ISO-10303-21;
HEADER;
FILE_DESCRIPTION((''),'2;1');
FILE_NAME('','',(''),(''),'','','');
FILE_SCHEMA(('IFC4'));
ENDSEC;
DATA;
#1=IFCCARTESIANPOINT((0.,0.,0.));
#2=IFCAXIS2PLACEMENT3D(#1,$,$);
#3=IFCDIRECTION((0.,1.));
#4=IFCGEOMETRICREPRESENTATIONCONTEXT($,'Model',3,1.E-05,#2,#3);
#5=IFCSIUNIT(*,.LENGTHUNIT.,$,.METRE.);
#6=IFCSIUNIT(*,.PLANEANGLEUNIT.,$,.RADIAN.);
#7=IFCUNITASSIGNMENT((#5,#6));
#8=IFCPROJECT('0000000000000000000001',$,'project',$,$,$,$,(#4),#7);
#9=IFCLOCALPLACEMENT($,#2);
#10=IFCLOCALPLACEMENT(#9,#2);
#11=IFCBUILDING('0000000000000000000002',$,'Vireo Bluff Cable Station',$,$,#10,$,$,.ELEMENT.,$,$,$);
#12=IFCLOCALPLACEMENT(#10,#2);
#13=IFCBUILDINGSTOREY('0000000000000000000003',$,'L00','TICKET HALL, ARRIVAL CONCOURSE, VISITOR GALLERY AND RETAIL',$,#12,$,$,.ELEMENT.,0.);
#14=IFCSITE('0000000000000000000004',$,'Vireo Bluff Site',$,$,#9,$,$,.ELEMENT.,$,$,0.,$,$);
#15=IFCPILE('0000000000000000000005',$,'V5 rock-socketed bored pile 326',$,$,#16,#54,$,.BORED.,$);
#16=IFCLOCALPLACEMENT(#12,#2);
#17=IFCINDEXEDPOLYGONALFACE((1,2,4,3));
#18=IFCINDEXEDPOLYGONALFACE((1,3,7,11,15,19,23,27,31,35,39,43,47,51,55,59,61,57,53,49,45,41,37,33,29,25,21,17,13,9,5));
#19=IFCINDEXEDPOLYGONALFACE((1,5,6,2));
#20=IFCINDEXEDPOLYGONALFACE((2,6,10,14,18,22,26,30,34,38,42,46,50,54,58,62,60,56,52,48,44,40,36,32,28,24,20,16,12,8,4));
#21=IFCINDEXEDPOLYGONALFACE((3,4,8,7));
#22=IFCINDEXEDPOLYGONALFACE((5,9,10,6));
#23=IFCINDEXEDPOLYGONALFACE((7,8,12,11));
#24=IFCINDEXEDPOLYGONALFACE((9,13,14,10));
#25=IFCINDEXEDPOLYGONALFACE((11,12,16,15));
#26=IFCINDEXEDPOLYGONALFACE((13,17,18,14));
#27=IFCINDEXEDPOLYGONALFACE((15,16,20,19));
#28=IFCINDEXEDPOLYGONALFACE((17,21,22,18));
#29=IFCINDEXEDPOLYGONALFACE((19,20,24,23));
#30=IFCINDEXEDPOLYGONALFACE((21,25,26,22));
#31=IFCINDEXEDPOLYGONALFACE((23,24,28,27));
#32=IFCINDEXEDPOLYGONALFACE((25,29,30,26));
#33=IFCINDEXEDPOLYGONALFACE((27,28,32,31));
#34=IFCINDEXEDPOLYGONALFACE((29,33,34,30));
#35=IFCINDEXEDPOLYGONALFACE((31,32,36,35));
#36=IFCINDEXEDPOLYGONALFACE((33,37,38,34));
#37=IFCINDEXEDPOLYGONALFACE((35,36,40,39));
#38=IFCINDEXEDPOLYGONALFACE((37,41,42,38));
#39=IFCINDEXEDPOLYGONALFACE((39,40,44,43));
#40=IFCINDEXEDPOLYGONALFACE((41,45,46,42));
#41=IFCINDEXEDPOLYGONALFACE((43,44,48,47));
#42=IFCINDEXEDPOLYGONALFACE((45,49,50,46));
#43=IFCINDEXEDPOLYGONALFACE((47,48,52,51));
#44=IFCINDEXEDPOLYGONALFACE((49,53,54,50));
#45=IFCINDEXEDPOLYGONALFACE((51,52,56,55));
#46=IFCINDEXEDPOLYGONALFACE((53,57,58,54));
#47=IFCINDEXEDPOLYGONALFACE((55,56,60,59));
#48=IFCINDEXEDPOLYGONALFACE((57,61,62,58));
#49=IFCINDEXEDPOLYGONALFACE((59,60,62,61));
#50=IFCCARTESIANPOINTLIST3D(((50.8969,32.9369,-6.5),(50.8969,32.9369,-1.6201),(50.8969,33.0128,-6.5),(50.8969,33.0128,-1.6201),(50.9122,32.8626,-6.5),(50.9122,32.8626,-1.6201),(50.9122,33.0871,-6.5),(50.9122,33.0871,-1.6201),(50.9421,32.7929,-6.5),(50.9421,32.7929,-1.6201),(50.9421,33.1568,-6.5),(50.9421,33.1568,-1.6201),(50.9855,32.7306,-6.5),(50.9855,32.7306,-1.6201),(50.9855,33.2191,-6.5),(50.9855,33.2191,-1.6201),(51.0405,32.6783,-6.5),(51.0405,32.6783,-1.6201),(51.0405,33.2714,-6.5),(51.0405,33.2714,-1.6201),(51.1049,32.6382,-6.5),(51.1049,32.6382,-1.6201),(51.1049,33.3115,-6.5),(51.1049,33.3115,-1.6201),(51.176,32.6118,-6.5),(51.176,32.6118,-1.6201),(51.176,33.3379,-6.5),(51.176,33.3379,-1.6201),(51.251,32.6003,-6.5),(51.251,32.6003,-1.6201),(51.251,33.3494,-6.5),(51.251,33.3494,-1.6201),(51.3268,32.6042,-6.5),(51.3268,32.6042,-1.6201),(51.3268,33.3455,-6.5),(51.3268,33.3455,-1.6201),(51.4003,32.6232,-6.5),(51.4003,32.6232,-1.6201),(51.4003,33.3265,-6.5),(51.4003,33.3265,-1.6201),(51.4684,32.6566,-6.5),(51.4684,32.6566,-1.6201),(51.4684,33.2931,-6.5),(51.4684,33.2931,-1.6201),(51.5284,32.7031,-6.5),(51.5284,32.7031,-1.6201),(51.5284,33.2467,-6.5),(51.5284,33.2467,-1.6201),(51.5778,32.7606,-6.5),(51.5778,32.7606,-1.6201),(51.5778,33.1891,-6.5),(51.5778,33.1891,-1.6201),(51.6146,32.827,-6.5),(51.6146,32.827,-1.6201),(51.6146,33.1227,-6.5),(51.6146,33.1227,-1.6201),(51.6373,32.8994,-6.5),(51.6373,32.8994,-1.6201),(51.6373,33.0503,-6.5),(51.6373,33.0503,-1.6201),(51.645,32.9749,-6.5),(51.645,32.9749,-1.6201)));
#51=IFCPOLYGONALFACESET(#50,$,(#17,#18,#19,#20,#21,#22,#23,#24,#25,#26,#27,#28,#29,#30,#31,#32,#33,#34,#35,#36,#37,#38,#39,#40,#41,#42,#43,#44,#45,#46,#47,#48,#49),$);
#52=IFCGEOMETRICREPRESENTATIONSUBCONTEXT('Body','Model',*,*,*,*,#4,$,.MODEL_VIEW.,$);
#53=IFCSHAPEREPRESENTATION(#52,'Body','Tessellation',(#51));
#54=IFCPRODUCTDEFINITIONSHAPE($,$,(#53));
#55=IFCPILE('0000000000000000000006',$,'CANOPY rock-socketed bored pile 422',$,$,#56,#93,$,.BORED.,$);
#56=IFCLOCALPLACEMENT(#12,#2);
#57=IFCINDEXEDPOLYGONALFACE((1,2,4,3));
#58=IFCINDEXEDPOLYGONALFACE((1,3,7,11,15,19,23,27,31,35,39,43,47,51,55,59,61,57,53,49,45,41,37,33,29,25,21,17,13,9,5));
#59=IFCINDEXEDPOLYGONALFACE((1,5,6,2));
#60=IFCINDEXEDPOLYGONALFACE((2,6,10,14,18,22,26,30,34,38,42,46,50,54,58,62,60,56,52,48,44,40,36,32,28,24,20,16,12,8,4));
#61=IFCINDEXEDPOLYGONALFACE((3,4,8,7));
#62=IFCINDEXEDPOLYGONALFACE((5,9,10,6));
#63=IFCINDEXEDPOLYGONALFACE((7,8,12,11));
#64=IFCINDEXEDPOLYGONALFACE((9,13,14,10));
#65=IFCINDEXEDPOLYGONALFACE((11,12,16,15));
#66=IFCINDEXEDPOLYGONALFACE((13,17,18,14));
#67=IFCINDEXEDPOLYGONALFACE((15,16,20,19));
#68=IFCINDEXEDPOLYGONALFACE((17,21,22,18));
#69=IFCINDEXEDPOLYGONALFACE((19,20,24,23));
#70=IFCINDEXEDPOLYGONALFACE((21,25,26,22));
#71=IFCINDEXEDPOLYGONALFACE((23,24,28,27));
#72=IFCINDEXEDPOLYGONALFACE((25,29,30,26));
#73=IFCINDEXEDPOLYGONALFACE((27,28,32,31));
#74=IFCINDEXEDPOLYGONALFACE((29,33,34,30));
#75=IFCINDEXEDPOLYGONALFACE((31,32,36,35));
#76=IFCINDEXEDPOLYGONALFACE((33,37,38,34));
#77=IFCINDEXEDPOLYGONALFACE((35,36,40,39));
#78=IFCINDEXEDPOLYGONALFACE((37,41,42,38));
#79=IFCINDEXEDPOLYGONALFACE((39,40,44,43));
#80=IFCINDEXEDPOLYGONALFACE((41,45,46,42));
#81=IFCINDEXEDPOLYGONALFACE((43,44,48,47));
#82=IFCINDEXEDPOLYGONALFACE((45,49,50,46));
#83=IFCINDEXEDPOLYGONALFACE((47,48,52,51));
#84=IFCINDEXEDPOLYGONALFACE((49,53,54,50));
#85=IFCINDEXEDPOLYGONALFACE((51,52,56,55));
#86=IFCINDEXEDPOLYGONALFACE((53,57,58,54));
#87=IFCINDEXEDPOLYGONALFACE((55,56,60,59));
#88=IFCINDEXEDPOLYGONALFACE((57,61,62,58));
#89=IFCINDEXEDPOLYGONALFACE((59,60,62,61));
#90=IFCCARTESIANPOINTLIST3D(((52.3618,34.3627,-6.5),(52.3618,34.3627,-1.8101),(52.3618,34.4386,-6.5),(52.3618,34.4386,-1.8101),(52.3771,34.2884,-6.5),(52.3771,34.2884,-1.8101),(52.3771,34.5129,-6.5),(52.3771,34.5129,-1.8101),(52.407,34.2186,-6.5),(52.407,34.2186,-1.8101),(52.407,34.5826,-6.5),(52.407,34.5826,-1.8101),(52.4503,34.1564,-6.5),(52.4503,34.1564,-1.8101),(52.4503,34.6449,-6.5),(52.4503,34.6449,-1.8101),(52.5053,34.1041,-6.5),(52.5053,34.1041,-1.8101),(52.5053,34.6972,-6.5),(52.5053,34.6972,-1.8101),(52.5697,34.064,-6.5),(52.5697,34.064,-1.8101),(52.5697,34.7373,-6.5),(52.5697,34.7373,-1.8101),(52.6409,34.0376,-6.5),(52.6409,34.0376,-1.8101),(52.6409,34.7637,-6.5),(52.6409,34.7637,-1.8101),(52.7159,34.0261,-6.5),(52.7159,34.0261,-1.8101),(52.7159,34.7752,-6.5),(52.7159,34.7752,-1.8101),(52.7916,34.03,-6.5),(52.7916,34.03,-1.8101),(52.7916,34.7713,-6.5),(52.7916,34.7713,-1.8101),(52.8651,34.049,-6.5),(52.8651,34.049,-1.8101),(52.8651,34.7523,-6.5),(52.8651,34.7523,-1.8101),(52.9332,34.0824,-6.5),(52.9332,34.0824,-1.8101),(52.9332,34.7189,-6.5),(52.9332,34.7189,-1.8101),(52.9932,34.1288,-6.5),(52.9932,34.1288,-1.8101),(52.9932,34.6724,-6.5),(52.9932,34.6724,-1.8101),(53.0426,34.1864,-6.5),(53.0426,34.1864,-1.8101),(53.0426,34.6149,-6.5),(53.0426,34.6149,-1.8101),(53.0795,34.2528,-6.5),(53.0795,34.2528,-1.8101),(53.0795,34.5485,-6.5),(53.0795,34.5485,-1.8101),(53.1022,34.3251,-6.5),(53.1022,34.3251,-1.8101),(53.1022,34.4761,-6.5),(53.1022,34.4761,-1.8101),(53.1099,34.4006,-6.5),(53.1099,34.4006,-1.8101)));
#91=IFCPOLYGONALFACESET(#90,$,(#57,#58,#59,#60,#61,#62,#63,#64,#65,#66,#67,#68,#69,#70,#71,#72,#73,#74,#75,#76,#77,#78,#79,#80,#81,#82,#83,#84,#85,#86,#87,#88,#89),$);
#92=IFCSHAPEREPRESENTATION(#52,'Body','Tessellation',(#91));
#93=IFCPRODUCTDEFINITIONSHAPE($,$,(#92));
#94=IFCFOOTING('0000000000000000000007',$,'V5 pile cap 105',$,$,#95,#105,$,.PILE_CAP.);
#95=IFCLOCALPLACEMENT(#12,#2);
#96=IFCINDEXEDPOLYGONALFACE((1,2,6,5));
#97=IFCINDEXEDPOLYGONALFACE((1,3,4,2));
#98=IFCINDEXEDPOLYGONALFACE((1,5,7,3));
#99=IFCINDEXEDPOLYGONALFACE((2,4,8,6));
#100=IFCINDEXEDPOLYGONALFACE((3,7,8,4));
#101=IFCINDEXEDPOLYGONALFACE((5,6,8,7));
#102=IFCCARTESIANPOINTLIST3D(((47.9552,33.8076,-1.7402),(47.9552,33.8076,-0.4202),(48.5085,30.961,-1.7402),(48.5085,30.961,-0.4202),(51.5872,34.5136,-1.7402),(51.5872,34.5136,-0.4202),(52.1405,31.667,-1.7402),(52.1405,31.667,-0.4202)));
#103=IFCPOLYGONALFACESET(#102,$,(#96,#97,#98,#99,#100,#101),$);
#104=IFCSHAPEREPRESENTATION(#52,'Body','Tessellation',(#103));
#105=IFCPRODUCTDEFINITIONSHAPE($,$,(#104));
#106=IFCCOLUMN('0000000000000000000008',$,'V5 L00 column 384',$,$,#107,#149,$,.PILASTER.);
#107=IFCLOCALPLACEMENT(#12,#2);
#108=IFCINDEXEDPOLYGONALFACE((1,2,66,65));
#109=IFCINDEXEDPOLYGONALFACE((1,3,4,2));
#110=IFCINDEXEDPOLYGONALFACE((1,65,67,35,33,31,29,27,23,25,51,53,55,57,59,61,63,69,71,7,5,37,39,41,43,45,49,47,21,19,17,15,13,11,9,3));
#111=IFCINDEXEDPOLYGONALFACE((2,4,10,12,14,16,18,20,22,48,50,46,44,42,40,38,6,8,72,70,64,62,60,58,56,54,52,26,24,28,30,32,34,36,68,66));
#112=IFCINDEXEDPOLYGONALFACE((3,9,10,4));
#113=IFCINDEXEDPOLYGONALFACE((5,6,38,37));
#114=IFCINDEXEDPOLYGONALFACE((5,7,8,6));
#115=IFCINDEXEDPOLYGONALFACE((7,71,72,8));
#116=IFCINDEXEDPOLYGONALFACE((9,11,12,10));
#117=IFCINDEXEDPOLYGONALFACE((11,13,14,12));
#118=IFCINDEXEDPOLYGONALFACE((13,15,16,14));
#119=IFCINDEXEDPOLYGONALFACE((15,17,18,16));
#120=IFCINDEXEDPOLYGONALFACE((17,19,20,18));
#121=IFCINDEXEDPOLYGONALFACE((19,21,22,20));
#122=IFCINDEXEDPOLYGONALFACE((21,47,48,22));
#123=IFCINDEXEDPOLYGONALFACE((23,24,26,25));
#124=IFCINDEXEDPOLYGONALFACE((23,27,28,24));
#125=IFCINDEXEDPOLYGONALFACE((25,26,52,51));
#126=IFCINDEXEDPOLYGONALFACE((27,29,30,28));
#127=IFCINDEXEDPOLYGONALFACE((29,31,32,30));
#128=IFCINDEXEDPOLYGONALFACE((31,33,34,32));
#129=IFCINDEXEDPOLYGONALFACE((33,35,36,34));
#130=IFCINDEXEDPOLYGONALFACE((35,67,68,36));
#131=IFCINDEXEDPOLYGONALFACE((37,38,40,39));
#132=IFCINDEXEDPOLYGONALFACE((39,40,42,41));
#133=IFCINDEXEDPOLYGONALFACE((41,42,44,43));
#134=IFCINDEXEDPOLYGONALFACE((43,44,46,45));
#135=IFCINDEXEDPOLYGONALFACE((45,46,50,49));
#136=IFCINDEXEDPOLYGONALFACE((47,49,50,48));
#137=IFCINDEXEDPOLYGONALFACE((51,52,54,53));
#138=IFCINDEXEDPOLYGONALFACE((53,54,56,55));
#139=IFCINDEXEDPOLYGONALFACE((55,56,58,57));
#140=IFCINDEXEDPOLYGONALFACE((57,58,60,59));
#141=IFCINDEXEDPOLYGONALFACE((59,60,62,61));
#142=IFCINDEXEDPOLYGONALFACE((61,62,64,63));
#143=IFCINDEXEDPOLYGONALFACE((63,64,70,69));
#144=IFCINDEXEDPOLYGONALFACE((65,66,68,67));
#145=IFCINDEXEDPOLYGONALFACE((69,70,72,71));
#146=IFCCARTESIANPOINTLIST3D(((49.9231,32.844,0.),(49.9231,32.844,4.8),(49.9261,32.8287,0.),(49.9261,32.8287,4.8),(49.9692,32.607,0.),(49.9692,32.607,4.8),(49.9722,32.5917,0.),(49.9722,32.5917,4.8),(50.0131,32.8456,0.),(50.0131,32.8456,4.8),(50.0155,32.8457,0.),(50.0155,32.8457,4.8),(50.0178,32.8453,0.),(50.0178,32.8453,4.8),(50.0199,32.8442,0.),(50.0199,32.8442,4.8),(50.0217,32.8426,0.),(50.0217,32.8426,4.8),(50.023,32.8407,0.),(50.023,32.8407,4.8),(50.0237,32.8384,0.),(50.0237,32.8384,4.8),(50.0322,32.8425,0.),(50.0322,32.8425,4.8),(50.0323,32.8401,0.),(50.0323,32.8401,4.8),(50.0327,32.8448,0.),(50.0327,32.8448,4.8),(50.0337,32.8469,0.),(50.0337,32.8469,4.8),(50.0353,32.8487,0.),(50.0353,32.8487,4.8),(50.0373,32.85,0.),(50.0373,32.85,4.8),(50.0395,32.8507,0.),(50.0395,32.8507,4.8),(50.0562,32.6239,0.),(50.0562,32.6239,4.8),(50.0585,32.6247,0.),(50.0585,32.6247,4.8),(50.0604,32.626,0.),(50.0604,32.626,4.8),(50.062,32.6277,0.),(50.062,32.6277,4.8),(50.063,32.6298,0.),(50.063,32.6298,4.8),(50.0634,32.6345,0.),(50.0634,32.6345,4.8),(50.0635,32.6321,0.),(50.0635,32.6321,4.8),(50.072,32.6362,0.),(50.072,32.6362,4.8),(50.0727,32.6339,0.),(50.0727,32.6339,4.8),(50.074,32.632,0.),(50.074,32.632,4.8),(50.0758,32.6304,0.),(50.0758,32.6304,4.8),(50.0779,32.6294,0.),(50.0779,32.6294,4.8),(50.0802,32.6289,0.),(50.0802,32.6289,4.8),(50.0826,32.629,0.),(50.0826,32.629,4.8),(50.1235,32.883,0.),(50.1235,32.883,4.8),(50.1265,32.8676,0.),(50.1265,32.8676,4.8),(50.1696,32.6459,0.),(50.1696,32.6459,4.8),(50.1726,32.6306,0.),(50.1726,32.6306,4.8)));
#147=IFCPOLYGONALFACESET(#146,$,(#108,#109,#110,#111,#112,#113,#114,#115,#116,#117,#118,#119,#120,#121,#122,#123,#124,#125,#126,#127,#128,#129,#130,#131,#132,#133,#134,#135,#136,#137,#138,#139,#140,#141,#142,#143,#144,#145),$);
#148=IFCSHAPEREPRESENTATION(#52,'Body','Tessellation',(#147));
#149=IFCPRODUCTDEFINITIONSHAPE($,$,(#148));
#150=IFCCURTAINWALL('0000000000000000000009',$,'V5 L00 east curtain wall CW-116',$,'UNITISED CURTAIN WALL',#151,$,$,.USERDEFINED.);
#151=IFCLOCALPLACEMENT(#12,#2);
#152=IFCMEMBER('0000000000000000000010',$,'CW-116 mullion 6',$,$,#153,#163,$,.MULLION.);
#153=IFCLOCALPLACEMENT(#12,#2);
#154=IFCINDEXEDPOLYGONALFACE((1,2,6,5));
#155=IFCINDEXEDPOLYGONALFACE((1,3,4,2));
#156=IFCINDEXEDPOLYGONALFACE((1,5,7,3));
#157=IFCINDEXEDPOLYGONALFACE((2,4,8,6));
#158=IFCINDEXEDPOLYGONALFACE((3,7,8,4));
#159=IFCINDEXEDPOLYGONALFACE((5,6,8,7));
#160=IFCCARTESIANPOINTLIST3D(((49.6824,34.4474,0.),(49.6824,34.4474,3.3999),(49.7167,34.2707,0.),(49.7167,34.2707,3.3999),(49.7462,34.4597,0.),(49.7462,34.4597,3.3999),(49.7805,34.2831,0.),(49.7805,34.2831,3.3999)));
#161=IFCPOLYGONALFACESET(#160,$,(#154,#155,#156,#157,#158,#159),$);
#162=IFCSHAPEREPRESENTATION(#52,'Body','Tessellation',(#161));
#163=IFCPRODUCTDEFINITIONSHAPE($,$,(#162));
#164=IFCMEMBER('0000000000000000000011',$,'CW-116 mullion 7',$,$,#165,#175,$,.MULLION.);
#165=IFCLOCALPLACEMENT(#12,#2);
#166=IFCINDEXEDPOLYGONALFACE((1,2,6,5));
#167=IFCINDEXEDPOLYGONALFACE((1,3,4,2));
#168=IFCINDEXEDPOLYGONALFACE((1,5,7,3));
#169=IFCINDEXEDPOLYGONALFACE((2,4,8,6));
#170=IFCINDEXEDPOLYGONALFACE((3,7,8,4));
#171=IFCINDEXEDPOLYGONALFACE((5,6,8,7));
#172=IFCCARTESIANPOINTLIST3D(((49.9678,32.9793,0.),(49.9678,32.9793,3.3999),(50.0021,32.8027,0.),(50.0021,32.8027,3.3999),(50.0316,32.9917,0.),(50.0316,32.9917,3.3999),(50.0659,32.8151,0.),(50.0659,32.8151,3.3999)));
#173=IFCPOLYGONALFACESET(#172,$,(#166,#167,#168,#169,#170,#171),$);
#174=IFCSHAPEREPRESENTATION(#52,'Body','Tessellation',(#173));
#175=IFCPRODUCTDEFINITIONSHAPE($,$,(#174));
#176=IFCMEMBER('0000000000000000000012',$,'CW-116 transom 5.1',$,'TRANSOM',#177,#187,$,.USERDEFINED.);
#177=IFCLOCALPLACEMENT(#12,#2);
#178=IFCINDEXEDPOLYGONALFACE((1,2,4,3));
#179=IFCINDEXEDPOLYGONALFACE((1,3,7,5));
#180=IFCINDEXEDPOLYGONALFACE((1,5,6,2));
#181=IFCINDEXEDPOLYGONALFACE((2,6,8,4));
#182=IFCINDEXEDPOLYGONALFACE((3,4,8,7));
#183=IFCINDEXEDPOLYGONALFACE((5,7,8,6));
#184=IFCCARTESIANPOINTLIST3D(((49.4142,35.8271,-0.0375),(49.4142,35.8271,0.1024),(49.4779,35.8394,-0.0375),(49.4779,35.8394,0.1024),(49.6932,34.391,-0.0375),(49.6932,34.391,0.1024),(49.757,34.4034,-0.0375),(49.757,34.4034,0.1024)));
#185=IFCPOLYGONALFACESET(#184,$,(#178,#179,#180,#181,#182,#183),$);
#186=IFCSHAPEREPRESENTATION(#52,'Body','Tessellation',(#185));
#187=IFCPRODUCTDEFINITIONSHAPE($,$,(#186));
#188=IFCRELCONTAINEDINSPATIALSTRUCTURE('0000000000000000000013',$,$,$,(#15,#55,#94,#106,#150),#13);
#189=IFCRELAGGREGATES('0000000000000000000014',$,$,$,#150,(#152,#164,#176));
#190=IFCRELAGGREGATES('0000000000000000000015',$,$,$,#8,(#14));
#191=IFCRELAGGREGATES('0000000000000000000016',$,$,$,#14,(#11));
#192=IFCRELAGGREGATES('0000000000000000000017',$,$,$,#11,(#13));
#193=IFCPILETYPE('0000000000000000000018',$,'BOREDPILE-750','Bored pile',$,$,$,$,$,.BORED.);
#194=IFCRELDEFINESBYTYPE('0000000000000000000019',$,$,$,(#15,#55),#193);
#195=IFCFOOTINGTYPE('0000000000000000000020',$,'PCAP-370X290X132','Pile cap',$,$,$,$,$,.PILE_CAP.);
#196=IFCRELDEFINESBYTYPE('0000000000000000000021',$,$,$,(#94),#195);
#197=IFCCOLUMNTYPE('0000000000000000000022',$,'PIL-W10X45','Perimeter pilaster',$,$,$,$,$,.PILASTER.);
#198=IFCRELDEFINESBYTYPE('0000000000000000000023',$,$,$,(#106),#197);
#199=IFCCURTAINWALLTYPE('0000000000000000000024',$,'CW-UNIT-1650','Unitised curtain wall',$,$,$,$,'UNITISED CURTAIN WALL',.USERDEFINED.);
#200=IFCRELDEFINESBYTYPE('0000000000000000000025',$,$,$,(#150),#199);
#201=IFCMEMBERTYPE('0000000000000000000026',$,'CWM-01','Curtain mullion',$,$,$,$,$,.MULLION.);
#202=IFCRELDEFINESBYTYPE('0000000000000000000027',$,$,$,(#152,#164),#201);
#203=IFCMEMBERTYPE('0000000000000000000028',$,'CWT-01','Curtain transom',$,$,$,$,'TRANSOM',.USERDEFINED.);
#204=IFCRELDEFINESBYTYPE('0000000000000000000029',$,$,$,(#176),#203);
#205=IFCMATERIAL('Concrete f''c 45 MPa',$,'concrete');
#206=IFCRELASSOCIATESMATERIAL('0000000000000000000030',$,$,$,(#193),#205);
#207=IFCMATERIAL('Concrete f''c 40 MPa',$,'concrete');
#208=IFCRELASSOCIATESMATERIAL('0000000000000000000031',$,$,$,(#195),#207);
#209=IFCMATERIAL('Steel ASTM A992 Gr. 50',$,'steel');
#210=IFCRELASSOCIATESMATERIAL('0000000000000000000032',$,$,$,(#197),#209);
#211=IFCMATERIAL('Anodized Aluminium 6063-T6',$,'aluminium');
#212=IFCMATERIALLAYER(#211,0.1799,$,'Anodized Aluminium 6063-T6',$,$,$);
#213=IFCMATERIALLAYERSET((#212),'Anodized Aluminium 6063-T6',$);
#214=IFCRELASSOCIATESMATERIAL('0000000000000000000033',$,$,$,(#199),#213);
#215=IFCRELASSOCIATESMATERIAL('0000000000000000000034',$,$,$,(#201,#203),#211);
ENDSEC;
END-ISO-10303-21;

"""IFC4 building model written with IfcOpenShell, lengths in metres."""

from ifc_helpers import new_model, si_unit, direction, frame, origin, origin_2d, place, context, subcontext, project, spatial, rectangle, circle, i_section, extrude, material, layer, layer_set, material_profile, profile_set, type_object, element, aggregate, save


model = new_model("IFC4")

# Units and contexts
model_context = context("Model", 3, precision=1e-05, world=origin(), true_north=direction((0.0, 1.0)))
body_context = subcontext(model_context, "Body", "Model", "MODEL_VIEW")
ifc_project = project(units=[si_unit("LENGTHUNIT", "METRE"), si_unit("PLANEANGLEUNIT", "RADIAN")], contexts=[model_context])

# Site, building, storey
site_placement = place(None, origin())
site = spatial("IfcSite", under=ifc_project, at=site_placement, Name="Vireo Bluff Site", CompositionType="ELEMENT", RefElevation=0.0)
building_placement = place(site_placement, origin())
building = spatial("IfcBuilding", under=site, at=building_placement, Name="Vireo Bluff Cable Station", CompositionType="ELEMENT")
storey_placement = place(building_placement, origin())
storey = spatial("IfcBuildingStorey", under=building, at=storey_placement, Name="L00", Description="TICKET HALL, ARRIVAL CONCOURSE, VISITOR GALLERY AND RETAIL", CompositionType="ELEMENT", Elevation=0.0)

# Piles
ifc_material_1 = material(Name="Concrete f'c 45 MPa", Category="concrete")
ifc_material_profile_1 = material_profile(ifc_material_1, circle(Radius=0.375, at=origin_2d()), Name="BOREDPILE-750")
ifc_profile_set_1 = profile_set([ifc_material_profile_1], Name="Concrete f'c 45 MPa")
pile_type = type_object("IfcPileType", Name="BOREDPILE-750", Description="Bored pile", PredefinedType="BORED", material=ifc_profile_set_1)
pile_1_placement = place(storey_placement, frame((51.27, 32.9749, -1.6201), z_axis=(0.0, 0.0, -1.0), x_axis=(1.0, 0.0, 0.0)))
element("IfcPile", 1, at=pile_1_placement, inside=storey, type_object=pile_type, Name="V5 rock-socketed bored pile 326", PredefinedType="BORED", context=body_context, shape_type="SweptSolid", body=[
    extrude(circle(Radius=0.375, at=origin_2d()), origin(), (0.0, 0.0, 1.0), 4.8799),
])
pile_2_placement = place(storey_placement, frame((52.7349, 34.4006, -1.8101), z_axis=(0.0, 0.0, -1.0), x_axis=(1.0, 0.0, 0.0)))
element("IfcPile", 2, at=pile_2_placement, inside=storey, type_object=pile_type, Name="CANOPY rock-socketed bored pile 422", PredefinedType="BORED", context=body_context, shape_type="SweptSolid", body=[
    extrude(circle(Radius=0.375, at=origin_2d()), origin(), (0.0, 0.0, 1.0), 4.6899),
])

# Footing
ifc_material_2 = material(Name="Concrete f'c 40 MPa", Category="concrete")
footing_type = type_object("IfcFootingType", Name="PCAP-370X290X132", Description="Pile cap", PredefinedType="PILE_CAP", material=ifc_material_2)
footing_placement = place(storey_placement, frame((50.0479, 32.7373, -1.7402), z_axis=(0.0, 0.0, 1.0), x_axis=(0.981627, 0.190809, 0.0)))
element("IfcFooting", 3, at=footing_placement, inside=storey, type_object=footing_type, Name="V5 pile cap 105", PredefinedType="PILE_CAP", context=body_context, shape_type="SweptSolid", body=[
    extrude(rectangle(XDim=3.7, YDim=2.8999, at=origin_2d()), origin(), (0.0, 0.0, 1.0), 1.3201),
])

# Column
ifc_material_3 = material(Name="Steel ASTM A992 Gr. 50", Category="steel")
ifc_material_profile_2 = material_profile(ifc_material_3, i_section(OverallWidth=0.2041, OverallDepth=0.2571, WebThickness=0.0088, FlangeThickness=0.0156, FilletRadius=0.009, at=origin_2d()), Name="W10X45")
ifc_profile_set_2 = profile_set([ifc_material_profile_2], Name="Steel ASTM A992 Gr. 50")
column_type = type_object("IfcColumnType", Name="PIL-W10X45", Description="Perimeter pilaster", PredefinedType="PILASTER", material=ifc_profile_set_2)
column_placement = place(storey_placement, frame((50.0479, 32.7373, 0.0), z_axis=(0.0, 0.0, 1.0), x_axis=(0.981627, 0.190809, 0.0)))
element("IfcColumn", 4, at=column_placement, inside=storey, type_object=column_type, Name="V5 L00 column 384", PredefinedType="PILASTER", context=body_context, shape_type="SweptSolid", body=[
    extrude(i_section(OverallWidth=0.2041, OverallDepth=0.2571, WebThickness=0.0088, FlangeThickness=0.0156, FilletRadius=0.009, at=origin_2d()), origin(), (0.0, 0.0, 1.0), 4.8),
])

# Curtain wall, members
ifc_material_4 = material(Name="Anodized Aluminium 6063-T6", Category="aluminium")
ifc_layer_1 = layer(ifc_material_4, 0.1799, Name="Anodized Aluminium 6063-T6")
ifc_layer_set_1 = layer_set([ifc_layer_1], Name="Anodized Aluminium 6063-T6")
curtain_wall_type = type_object("IfcCurtainWallType", Name="CW-UNIT-1650", Description="Unitised curtain wall", ElementType="UNITISED CURTAIN WALL", PredefinedType="USERDEFINED", material=ifc_layer_set_1)
curtain_wall_placement = place(storey_placement, origin())
curtain_wall = element("IfcCurtainWall", 5, at=curtain_wall_placement, inside=storey, type_object=curtain_wall_type, Name="V5 L00 east curtain wall CW-116", ObjectType="UNITISED CURTAIN WALL", PredefinedType="USERDEFINED")
ifc_material_profile_3 = material_profile(ifc_material_4, rectangle(XDim=0.0649, YDim=0.1799, at=origin_2d()), Name="ALU-M-65X180")
ifc_profile_set_3 = profile_set([ifc_material_profile_3], Name="Anodized Aluminium 6063-T6")
member_type_1 = type_object("IfcMemberType", Name="CWM-01", Description="Curtain mullion", PredefinedType="MULLION", material=ifc_profile_set_3)
member_1_placement = place(storey_placement, frame((49.7314, 34.3652, 0.0), z_axis=(0.0, 0.0, 1.0), x_axis=(0.981627, 0.190809, 0.0)))
member_1 = element("IfcMember", 6, at=member_1_placement, type_object=member_type_1, Name="CW-116 mullion 6", PredefinedType="MULLION", context=body_context, shape_type="SweptSolid", body=[
    extrude(rectangle(XDim=0.0649, YDim=0.1799, at=origin_2d()), origin(), (0.0, 0.0, 1.0), 3.3999),
])
member_2_placement = place(storey_placement, frame((50.0168, 32.8972, 0.0), z_axis=(0.0, 0.0, 1.0), x_axis=(0.981627, 0.190809, 0.0)))
member_2 = element("IfcMember", 7, at=member_2_placement, type_object=member_type_1, Name="CW-116 mullion 7", PredefinedType="MULLION", context=body_context, shape_type="SweptSolid", body=[
    extrude(rectangle(XDim=0.0649, YDim=0.1799, at=origin_2d()), origin(), (0.0, 0.0, 1.0), 3.3999),
])
ifc_material_profile_4 = material_profile(ifc_material_4, rectangle(XDim=0.0649, YDim=0.1399, at=origin_2d()), Name="ALU-T-65X140")
ifc_profile_set_4 = profile_set([ifc_material_profile_4], Name="Anodized Aluminium 6063-T6")
member_type_2 = type_object("IfcMemberType", Name="CWT-01", Description="Curtain transom", ElementType="TRANSOM", PredefinedType="USERDEFINED", material=ifc_profile_set_4)
member_3_placement = place(storey_placement, frame((49.446, 35.8333, 0.0325), z_axis=(0.190754, -0.981638, 0.0), x_axis=(0.981638, 0.190754, 0.0)))
member_3 = element("IfcMember", 8, at=member_3_placement, type_object=member_type_2, Name="CW-116 transom 5.1", ObjectType="TRANSOM", PredefinedType="USERDEFINED", context=body_context, shape_type="SweptSolid", body=[
    extrude(rectangle(XDim=0.0649, YDim=0.1399, at=origin_2d()), origin(), (0.0, 0.0, 1.0), 1.4629),
])

aggregate(curtain_wall, [member_1, member_2, member_3])

save(model, "model.ifc")
